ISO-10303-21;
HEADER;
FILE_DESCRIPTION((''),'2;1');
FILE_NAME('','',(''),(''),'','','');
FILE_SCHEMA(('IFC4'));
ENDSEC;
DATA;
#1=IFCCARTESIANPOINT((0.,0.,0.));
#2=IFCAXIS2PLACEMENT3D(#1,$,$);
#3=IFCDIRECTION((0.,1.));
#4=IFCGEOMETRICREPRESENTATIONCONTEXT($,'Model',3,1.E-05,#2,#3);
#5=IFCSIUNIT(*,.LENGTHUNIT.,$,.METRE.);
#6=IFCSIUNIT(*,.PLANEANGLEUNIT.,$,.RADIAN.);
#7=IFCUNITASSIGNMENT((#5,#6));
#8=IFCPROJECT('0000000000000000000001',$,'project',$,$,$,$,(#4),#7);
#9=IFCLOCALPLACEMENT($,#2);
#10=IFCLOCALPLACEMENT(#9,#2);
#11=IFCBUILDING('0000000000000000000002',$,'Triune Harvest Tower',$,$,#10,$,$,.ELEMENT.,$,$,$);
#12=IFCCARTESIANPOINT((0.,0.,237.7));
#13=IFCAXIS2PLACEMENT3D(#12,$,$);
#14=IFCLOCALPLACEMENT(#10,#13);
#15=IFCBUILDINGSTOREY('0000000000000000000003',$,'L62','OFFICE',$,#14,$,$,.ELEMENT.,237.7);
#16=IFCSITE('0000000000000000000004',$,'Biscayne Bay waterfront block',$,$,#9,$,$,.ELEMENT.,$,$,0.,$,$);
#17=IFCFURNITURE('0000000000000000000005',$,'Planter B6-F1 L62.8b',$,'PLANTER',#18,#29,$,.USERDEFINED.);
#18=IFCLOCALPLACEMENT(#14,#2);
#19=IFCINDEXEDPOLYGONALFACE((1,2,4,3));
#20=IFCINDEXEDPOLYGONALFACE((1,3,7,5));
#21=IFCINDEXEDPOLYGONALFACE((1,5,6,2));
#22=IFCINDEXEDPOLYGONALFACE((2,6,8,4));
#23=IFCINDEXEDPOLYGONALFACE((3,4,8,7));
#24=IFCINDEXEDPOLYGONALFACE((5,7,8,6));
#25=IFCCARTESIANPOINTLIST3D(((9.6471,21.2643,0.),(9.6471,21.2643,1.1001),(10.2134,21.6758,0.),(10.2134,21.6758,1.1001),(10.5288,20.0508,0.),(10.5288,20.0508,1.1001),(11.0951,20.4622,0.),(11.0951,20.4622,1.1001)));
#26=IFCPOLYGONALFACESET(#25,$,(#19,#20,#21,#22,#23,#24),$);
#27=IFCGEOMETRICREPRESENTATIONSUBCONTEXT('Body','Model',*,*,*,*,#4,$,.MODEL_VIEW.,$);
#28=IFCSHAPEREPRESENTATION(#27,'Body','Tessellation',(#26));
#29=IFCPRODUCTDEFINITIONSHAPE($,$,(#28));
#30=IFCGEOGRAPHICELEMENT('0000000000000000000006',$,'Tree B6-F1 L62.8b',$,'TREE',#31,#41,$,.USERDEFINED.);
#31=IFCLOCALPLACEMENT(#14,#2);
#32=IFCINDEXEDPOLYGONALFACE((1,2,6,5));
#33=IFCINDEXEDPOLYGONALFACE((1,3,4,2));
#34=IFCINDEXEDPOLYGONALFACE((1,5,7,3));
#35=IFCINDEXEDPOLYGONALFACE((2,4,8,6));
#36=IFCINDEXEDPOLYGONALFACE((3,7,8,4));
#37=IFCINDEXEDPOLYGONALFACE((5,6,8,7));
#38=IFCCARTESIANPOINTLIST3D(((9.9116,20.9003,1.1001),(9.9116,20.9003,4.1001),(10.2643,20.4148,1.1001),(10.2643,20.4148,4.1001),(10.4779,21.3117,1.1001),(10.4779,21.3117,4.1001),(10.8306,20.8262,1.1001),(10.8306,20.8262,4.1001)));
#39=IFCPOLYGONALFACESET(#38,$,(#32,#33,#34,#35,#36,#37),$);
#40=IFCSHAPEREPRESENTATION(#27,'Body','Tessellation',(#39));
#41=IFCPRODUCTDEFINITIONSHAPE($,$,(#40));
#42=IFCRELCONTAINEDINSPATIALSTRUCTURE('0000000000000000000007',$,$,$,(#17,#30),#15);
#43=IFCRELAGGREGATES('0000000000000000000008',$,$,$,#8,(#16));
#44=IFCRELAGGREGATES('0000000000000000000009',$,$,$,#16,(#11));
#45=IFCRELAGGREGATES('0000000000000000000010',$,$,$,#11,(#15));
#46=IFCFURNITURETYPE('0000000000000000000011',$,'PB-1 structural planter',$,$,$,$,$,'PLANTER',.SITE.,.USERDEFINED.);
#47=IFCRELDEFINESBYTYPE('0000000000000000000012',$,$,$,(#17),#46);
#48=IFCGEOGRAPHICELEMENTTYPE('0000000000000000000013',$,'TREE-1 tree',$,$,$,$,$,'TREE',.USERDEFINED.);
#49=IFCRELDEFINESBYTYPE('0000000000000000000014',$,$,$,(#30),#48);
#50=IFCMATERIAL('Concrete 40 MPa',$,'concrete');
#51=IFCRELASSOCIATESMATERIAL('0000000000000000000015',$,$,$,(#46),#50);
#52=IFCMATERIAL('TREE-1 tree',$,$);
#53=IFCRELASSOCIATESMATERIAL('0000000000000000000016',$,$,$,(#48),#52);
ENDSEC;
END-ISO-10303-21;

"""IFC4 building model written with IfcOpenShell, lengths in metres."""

from ifc_helpers import new_model, si_unit, direction, frame, origin, origin_2d, place, context, subcontext, project, spatial, rectangle, extrude, source, transform, mapped, material, type_object, element, save


model = new_model("IFC4")

# Units and contexts
model_context = context("Model", 3, precision=1e-05, world=origin(), true_north=direction((0.0, 1.0)))
body_context = subcontext(model_context, "Body", "Model", "MODEL_VIEW")
ifc_project = project(units=[si_unit("LENGTHUNIT", "METRE"), si_unit("PLANEANGLEUNIT", "RADIAN")], contexts=[model_context])

# Site, building, storey
site_placement = place(None, origin())
site = spatial("IfcSite", under=ifc_project, at=site_placement, Name="Biscayne Bay waterfront block", CompositionType="ELEMENT", RefElevation=0.0)
building_placement = place(site_placement, origin())
building = spatial("IfcBuilding", under=site, at=building_placement, Name="Triune Harvest Tower", CompositionType="ELEMENT")
storey_placement = place(building_placement, frame((0.0, 0.0, 237.7)))
storey = spatial("IfcBuildingStorey", under=building, at=storey_placement, Name="L62", Description="OFFICE", CompositionType="ELEMENT", Elevation=237.7)

# Furniture
ifc_material_1 = material(Name="Concrete 40 MPa", Category="concrete")
furniture_type = type_object("IfcFurnitureType", Name="PB-1 structural planter", ElementType="PLANTER", AssemblyPlace="SITE", PredefinedType="USERDEFINED", material=ifc_material_1)
shared_shape_1 = source(origin(), body_context, "Body", "SweptSolid", [
    extrude(rectangle(XDim=1.5, YDim=0.7, at=origin_2d()), origin(), (0.0, 0.0, 1.0), 1.1001),
])
furniture_placement = place(storey_placement, frame((10.3711, 20.8633, 0.0), z_axis=(0.0, 0.0, 1.0), x_axis=(-0.587786, 0.809017, 0.0)))
element("IfcFurniture", 1, at=furniture_placement, inside=storey, type_object=furniture_type, Name="Planter B6-F1 L62.8b", ObjectType="PLANTER", PredefinedType="USERDEFINED", context=body_context, shape_type="MappedRepresentation", body=[
    mapped(shared_shape_1, transform((0.0, 0.0, 0.0), scale=1.0)),
])

# Geographic element
ifc_material_2 = material(Name="TREE-1 tree")
geographic_element_type = type_object("IfcGeographicElementType", Name="TREE-1 tree", ElementType="TREE", PredefinedType="USERDEFINED", material=ifc_material_2)
shared_shape_2 = source(origin(), body_context, "Body", "SweptSolid", [
    extrude(rectangle(XDim=0.6001, YDim=0.7, at=origin_2d()), origin(), (0.0, 0.0, 1.0), 3.0),
])
geographic_element_placement = place(storey_placement, frame((10.3711, 20.8633, 1.1001), z_axis=(0.0, 0.0, 1.0), x_axis=(-0.587786, 0.809017, 0.0)))
element("IfcGeographicElement", 2, at=geographic_element_placement, inside=storey, type_object=geographic_element_type, Name="Tree B6-F1 L62.8b", ObjectType="TREE", PredefinedType="USERDEFINED", context=body_context, shape_type="MappedRepresentation", body=[
    mapped(shared_shape_2, transform((0.0, 0.0, 0.0), scale=1.0)),
])

save(model, "model.ifc")
